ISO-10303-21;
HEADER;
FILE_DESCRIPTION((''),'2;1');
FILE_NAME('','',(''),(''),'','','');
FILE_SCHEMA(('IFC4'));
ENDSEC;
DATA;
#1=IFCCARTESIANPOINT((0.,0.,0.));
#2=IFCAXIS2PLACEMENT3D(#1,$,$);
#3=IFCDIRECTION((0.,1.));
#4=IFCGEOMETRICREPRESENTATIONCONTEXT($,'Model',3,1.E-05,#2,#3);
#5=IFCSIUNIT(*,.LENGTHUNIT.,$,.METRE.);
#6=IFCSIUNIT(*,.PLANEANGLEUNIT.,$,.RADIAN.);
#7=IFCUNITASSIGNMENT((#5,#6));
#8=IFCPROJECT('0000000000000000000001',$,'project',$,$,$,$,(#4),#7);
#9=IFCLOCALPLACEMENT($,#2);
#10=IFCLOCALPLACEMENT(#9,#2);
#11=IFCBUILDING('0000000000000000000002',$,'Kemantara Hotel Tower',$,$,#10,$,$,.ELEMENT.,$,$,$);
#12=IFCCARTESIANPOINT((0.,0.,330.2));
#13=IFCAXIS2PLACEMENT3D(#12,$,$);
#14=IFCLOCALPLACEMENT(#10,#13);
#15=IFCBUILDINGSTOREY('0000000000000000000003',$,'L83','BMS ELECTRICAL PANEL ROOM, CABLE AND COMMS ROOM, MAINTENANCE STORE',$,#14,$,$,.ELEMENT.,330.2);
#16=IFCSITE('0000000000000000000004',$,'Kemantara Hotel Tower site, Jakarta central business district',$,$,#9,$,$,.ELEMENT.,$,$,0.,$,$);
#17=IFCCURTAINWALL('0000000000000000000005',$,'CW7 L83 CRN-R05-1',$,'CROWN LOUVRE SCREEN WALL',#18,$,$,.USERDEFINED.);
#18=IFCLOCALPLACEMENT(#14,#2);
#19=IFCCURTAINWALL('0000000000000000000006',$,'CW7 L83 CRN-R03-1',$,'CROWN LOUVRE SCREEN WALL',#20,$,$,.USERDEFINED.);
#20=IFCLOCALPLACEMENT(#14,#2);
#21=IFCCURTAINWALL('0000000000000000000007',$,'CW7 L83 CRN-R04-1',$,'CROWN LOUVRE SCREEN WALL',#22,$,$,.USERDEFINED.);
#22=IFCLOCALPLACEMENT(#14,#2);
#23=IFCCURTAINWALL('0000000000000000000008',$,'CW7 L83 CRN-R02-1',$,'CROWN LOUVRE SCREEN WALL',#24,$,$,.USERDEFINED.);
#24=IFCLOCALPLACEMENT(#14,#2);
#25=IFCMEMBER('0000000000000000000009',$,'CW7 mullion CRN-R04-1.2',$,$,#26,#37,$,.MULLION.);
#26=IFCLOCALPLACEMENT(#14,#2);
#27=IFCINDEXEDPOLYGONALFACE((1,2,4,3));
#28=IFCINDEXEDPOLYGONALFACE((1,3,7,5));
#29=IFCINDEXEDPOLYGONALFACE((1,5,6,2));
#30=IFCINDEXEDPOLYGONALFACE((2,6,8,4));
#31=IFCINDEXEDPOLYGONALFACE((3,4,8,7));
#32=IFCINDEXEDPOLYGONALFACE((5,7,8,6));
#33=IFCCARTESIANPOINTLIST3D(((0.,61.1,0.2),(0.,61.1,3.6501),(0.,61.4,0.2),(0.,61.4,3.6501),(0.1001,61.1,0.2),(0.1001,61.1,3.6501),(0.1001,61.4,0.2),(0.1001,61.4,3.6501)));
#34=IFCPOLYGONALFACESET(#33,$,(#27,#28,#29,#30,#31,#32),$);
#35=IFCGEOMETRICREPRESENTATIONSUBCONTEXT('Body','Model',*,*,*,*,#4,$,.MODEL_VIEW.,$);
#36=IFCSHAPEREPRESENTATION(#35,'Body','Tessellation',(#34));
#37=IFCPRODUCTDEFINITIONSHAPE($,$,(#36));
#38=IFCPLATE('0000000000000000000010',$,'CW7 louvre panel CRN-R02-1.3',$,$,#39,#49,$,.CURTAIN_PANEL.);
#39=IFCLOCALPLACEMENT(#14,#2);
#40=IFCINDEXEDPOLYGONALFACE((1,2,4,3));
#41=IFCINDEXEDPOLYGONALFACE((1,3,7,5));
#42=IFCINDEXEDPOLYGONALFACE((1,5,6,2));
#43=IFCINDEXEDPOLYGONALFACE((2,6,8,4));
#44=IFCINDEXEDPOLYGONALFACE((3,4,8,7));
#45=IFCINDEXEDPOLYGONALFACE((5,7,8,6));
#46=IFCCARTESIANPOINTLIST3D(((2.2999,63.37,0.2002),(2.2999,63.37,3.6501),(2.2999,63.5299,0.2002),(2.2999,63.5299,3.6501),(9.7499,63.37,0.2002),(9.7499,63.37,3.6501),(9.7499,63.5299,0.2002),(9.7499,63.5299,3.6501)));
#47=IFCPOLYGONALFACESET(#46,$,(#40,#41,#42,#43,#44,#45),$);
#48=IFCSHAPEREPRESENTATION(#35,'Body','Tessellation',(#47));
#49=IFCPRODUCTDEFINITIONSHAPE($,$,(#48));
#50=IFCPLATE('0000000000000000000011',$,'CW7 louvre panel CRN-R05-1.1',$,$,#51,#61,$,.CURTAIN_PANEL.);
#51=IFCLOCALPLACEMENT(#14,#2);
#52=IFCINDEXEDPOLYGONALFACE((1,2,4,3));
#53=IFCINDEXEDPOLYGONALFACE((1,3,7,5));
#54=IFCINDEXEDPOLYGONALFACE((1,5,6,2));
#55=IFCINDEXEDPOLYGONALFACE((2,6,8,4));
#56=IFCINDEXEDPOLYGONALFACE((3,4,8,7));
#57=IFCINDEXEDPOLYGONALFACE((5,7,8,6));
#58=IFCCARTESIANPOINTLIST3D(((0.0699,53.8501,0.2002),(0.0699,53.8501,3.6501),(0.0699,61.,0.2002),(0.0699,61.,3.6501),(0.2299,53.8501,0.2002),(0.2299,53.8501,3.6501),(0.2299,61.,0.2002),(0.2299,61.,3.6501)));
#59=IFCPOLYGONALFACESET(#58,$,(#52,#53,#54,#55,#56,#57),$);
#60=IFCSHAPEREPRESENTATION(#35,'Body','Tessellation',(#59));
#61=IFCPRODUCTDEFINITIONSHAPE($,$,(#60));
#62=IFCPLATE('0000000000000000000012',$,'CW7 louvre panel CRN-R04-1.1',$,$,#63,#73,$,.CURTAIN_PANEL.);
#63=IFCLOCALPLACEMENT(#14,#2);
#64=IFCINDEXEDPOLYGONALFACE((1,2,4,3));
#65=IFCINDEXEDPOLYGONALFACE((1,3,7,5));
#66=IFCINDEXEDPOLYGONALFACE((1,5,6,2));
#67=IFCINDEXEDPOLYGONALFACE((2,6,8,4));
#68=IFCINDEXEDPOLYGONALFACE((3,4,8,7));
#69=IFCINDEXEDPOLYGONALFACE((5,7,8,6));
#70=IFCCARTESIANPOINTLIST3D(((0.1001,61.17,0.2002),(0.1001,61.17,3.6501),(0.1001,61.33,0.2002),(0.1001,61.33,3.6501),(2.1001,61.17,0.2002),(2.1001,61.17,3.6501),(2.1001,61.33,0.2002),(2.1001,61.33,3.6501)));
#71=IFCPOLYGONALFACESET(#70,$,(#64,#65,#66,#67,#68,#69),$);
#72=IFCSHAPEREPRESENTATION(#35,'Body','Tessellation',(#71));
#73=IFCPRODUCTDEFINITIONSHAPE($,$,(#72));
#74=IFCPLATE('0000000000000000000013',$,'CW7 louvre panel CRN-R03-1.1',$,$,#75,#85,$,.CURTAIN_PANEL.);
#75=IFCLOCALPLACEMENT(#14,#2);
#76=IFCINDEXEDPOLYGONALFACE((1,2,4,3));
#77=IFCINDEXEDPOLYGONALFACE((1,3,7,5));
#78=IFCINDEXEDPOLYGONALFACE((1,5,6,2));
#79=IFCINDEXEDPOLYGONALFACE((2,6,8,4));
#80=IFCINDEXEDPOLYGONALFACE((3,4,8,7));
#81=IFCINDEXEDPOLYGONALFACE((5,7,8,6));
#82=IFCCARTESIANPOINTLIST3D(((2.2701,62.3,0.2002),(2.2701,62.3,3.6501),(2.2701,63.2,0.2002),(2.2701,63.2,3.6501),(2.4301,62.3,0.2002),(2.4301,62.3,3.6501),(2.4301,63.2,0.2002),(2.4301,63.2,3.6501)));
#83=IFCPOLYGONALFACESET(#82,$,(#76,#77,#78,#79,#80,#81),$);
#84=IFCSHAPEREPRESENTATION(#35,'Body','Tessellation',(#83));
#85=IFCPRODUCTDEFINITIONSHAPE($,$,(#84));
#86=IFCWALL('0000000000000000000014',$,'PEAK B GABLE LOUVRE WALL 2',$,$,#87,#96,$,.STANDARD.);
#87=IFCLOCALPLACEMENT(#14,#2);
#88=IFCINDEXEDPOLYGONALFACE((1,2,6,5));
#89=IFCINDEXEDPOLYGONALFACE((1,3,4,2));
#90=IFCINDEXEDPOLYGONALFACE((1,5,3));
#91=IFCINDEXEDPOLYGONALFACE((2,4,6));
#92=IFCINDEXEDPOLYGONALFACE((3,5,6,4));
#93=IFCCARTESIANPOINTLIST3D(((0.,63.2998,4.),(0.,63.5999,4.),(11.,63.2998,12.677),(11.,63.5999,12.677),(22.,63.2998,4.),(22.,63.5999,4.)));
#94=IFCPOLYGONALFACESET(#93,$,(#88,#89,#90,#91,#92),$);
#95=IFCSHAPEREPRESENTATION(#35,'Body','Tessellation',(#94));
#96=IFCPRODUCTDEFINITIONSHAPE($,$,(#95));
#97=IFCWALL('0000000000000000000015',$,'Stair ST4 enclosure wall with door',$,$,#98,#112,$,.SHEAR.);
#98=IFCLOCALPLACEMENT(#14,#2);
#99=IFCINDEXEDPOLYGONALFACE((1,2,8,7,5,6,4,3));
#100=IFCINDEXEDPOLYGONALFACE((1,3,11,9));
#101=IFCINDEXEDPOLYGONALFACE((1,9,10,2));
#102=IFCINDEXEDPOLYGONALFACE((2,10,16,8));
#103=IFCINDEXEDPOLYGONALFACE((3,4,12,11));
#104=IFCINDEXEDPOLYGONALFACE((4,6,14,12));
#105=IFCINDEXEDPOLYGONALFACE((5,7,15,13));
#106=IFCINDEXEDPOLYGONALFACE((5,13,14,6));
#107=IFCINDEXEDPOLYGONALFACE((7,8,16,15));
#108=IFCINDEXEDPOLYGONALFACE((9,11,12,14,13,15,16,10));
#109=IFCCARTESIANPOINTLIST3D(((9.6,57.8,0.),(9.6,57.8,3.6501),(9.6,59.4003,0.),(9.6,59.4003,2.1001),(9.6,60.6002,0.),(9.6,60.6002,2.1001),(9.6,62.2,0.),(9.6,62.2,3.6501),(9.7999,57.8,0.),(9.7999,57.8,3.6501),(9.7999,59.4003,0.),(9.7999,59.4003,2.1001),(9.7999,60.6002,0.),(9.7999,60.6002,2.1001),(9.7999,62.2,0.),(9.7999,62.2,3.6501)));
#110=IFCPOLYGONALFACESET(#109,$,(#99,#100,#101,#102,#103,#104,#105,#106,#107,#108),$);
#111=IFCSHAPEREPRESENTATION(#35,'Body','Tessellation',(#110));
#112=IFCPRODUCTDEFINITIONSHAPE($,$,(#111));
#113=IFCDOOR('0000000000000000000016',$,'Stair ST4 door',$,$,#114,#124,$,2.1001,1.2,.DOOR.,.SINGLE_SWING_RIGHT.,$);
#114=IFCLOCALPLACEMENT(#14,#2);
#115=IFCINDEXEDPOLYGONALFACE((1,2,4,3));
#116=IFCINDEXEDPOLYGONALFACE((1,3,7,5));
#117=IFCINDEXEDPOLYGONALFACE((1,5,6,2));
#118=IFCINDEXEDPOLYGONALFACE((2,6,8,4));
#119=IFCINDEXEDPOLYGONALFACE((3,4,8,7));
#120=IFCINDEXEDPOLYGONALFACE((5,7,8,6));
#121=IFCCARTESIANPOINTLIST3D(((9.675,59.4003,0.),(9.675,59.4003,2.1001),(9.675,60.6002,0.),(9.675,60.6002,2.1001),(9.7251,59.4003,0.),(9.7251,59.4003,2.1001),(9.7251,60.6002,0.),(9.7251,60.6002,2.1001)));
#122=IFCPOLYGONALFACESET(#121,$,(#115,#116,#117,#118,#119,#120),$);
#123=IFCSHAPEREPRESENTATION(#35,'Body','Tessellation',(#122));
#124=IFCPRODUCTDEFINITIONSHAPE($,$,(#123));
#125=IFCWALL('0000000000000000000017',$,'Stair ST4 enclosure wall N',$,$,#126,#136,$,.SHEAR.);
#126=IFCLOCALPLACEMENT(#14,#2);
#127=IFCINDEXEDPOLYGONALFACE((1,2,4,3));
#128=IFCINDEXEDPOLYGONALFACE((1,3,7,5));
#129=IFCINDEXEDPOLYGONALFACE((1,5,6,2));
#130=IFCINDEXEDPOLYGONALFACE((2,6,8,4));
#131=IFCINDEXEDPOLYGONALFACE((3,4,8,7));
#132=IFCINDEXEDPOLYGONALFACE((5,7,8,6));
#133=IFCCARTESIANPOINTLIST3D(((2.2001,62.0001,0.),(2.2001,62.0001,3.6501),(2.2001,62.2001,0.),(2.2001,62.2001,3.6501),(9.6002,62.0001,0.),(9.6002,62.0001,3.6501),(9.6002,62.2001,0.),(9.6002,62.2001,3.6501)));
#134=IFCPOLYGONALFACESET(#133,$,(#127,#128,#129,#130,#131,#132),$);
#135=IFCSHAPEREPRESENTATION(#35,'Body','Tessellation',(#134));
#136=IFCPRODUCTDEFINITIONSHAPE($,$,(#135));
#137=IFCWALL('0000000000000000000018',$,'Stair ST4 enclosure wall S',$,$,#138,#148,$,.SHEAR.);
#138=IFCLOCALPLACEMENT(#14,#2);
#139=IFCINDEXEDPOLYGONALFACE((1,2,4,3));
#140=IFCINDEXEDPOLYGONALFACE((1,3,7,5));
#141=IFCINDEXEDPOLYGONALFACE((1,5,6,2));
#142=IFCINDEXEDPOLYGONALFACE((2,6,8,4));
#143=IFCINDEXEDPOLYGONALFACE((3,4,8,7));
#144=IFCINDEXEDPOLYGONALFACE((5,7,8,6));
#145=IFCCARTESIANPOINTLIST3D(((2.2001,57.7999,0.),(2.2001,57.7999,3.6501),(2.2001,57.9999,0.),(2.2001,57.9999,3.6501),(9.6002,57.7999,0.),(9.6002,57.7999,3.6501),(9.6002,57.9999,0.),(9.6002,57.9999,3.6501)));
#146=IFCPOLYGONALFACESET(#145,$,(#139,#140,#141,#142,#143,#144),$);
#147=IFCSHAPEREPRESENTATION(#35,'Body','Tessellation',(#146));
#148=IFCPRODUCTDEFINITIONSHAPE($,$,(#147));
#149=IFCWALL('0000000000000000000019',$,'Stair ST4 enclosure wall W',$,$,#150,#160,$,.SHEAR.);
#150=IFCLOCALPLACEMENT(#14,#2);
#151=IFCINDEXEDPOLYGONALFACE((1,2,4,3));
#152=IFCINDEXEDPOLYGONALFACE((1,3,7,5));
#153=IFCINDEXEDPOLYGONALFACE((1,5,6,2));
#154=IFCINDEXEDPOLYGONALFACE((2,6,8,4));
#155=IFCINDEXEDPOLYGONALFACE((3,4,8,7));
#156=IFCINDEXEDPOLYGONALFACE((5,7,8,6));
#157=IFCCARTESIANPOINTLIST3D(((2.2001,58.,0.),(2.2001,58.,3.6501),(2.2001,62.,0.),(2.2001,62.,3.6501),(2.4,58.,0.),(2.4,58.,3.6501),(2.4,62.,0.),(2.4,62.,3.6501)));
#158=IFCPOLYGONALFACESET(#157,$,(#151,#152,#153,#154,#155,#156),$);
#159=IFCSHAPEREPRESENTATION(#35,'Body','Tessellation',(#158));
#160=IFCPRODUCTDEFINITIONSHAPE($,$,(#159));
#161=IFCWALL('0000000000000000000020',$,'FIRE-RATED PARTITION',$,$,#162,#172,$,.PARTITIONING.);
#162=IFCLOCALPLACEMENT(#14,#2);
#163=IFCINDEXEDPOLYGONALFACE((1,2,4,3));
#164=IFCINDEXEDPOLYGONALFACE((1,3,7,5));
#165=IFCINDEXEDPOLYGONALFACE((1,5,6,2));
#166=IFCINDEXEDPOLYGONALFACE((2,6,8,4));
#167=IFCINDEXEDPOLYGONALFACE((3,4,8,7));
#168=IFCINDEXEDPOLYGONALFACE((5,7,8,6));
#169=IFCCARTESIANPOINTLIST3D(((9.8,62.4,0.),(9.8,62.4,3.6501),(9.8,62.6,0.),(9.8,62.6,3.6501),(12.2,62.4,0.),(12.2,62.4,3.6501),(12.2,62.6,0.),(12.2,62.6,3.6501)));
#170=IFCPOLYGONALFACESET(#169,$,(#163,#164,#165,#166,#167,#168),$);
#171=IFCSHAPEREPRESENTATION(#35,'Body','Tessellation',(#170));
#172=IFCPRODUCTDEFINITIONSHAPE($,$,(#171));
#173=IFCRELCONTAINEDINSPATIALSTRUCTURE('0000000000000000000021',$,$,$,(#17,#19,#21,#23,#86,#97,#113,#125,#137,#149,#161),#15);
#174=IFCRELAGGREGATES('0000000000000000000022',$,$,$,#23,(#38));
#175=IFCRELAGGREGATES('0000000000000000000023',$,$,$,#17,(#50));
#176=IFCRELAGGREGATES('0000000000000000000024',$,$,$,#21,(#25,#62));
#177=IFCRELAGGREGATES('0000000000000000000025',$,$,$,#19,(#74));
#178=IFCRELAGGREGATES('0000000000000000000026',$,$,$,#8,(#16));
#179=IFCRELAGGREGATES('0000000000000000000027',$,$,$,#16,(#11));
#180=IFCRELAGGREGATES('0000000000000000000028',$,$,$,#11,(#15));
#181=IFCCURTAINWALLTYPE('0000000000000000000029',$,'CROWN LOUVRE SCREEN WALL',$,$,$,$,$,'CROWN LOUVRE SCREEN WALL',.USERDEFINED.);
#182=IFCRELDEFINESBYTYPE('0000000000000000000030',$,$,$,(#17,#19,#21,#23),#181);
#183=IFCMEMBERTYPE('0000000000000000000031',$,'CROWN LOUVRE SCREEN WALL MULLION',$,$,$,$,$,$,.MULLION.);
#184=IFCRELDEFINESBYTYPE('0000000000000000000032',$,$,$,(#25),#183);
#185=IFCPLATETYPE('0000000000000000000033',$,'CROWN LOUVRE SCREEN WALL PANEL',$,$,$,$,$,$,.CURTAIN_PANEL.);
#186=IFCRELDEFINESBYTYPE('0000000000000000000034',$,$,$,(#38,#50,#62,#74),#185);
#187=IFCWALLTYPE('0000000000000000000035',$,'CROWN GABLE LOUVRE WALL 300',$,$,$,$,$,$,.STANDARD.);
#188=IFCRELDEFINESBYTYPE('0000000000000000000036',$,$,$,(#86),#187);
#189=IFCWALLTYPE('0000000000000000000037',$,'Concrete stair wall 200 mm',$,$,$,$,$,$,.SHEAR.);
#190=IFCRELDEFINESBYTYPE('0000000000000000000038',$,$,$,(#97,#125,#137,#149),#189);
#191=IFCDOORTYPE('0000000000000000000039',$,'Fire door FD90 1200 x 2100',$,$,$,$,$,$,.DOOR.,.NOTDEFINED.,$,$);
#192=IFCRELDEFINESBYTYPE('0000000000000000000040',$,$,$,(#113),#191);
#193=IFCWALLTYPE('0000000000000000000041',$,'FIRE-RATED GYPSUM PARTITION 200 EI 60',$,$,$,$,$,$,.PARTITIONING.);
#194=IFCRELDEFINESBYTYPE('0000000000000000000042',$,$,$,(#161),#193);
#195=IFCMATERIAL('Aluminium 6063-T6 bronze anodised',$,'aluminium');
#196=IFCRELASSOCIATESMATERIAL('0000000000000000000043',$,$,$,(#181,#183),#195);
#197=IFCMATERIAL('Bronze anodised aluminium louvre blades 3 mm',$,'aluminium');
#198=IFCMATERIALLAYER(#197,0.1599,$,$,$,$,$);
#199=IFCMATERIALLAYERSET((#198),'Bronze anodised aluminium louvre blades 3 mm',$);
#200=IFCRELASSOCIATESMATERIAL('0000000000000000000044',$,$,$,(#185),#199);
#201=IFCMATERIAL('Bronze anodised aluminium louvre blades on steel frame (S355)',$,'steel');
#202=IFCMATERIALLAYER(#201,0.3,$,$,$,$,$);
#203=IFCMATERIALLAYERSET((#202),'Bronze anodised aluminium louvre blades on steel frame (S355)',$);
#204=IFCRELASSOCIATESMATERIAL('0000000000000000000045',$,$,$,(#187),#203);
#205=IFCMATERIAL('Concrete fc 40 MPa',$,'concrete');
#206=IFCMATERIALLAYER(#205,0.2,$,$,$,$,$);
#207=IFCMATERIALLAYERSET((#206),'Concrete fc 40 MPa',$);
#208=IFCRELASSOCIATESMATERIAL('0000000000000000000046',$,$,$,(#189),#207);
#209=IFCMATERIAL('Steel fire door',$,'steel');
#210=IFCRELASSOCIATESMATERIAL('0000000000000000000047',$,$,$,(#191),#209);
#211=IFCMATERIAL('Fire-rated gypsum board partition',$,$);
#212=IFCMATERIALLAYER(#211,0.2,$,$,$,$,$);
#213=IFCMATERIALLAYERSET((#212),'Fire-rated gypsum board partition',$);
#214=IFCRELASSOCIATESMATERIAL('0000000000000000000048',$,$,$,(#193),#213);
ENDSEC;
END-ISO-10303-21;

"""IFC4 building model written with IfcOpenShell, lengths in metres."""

from ifc_helpers import new_model, si_unit, direction, frame, frame_2d, origin, origin_2d, place, context, subcontext, project, spatial, polyline, rectangle, outline, extrude, source, transform, mapped, material, layer, layer_set, material_profile, profile_set, type_object, element, fill, aggregate, save


model = new_model("IFC4")

# Units and contexts
model_context = context("Model", 3, precision=1e-05, world=origin(), true_north=direction((0.0, 1.0)))
body_context = subcontext(model_context, "Body", "Model", "MODEL_VIEW")
ifc_project = project(units=[si_unit("LENGTHUNIT", "METRE"), si_unit("PLANEANGLEUNIT", "RADIAN")], contexts=[model_context])

# Site, building, storey
site_placement = place(None, origin())
site = spatial("IfcSite", under=ifc_project, at=site_placement, Name="Kemantara Hotel Tower site, Jakarta central business district", CompositionType="ELEMENT", RefElevation=0.0)
building_placement = place(site_placement, origin())
building = spatial("IfcBuilding", under=site, at=building_placement, Name="Kemantara Hotel Tower", CompositionType="ELEMENT")
storey_placement = place(building_placement, frame((0.0, 0.0, 330.2)))
storey = spatial("IfcBuildingStorey", under=building, at=storey_placement, Name="L83", Description="BMS ELECTRICAL PANEL ROOM, CABLE AND COMMS ROOM, MAINTENANCE STORE", CompositionType="ELEMENT", Elevation=330.2)

# Curtain walls
ifc_material_1 = material(Name="Aluminium 6063-T6 bronze anodised", Category="aluminium")
curtain_wall_type = type_object("IfcCurtainWallType", Name="CROWN LOUVRE SCREEN WALL", ElementType="CROWN LOUVRE SCREEN WALL", PredefinedType="USERDEFINED", material=ifc_material_1)
curtain_wall_1_placement = place(storey_placement, origin())
curtain_wall_1 = element("IfcCurtainWall", 1, at=curtain_wall_1_placement, inside=storey, type_object=curtain_wall_type, Name="CW7 L83 CRN-R05-1", ObjectType="CROWN LOUVRE SCREEN WALL", PredefinedType="USERDEFINED")
curtain_wall_2_placement = place(storey_placement, origin())
curtain_wall_2 = element("IfcCurtainWall", 2, at=curtain_wall_2_placement, inside=storey, type_object=curtain_wall_type, Name="CW7 L83 CRN-R03-1", ObjectType="CROWN LOUVRE SCREEN WALL", PredefinedType="USERDEFINED")
curtain_wall_3_placement = place(storey_placement, origin())
curtain_wall_3 = element("IfcCurtainWall", 3, at=curtain_wall_3_placement, inside=storey, type_object=curtain_wall_type, Name="CW7 L83 CRN-R04-1", ObjectType="CROWN LOUVRE SCREEN WALL", PredefinedType="USERDEFINED")

# Curtain wall
curtain_wall_4_placement = place(storey_placement, origin())
curtain_wall_4 = element("IfcCurtainWall", 4, at=curtain_wall_4_placement, inside=storey, type_object=curtain_wall_type, Name="CW7 L83 CRN-R02-1", ObjectType="CROWN LOUVRE SCREEN WALL", PredefinedType="USERDEFINED")
ifc_material_profile_1 = material_profile(ifc_material_1, rectangle(XDim=0.3, YDim=0.1001, at=origin_2d()), Name="CROWN LOUVRE SCREEN WALL MULLION")
ifc_profile_set_1 = profile_set([ifc_material_profile_1], Name="Aluminium 6063-T6 bronze anodised")
member_type_1 = type_object("IfcMemberType", Name="CROWN LOUVRE SCREEN WALL MULLION", PredefinedType="MULLION", material=ifc_profile_set_1)
shared_shape_1 = source(origin(), body_context, "Body", "SweptSolid", [
    extrude(rectangle(XDim=0.3, YDim=0.1001, at=origin_2d()), origin(), (0.0, 0.0, 1.0), 3.4502),
])

# Member
member_1_placement = place(storey_placement, frame((0.05, 61.25, 0.2), z_axis=(0.0, 0.0, 1.0), x_axis=(0.0, -1.0, 0.0)))
member_1 = element("IfcMember", 5, at=member_1_placement, type_object=member_type_1, Name="CW7 mullion CRN-R04-1.2", PredefinedType="MULLION", context=body_context, shape_type="MappedRepresentation", body=[
    mapped(shared_shape_1, transform((0.0, 0.0, 0.0))),
])

# Plates
ifc_material_2 = material(Name="Bronze anodised aluminium louvre blades 3 mm", Category="aluminium")
ifc_layer_1 = layer(ifc_material_2, 0.1599)
ifc_layer_set_1 = layer_set([ifc_layer_1], Name="Bronze anodised aluminium louvre blades 3 mm")
plate_type = type_object("IfcPlateType", Name="CROWN LOUVRE SCREEN WALL PANEL", PredefinedType="CURTAIN_PANEL", material=ifc_layer_set_1)
shared_shape_2 = source(origin(), body_context, "Body", "SweptSolid", [
    extrude(rectangle(XDim=7.45, YDim=0.1599, at=origin_2d()), origin(), (0.0, 0.0, 1.0), 3.45),
])
plate_1_placement = place(storey_placement, frame((6.0249, 63.45, 0.2002), z_axis=(0.0, 0.0, 1.0), x_axis=(-1.0, 0.0, 0.0)))
plate_1 = element("IfcPlate", 6, at=plate_1_placement, type_object=plate_type, Name="CW7 louvre panel CRN-R02-1.3", PredefinedType="CURTAIN_PANEL", context=body_context, shape_type="MappedRepresentation", body=[
    mapped(shared_shape_2, transform((0.0, 0.0, 0.0))),
])
aggregate(curtain_wall_4, [plate_1])
shared_shape_3 = source(origin(), body_context, "Body", "SweptSolid", [
    extrude(rectangle(XDim=7.1499, YDim=0.1599, at=origin_2d()), origin(), (0.0, 0.0, 1.0), 3.45),
])
plate_2_placement = place(storey_placement, frame((0.1499, 57.425, 0.2002), z_axis=(0.0, 0.0, 1.0), x_axis=(0.0, -1.0, 0.0)))
plate_2 = element("IfcPlate", 7, at=plate_2_placement, type_object=plate_type, Name="CW7 louvre panel CRN-R05-1.1", PredefinedType="CURTAIN_PANEL", context=body_context, shape_type="MappedRepresentation", body=[
    mapped(shared_shape_3, transform((0.0, 0.0, 0.0))),
])
aggregate(curtain_wall_1, [plate_2])
shared_shape_4 = source(origin(), body_context, "Body", "SweptSolid", [
    extrude(rectangle(XDim=2.0, YDim=0.1599, at=origin_2d()), origin(), (0.0, 0.0, 1.0), 3.45),
])
plate_3_placement = place(storey_placement, frame((1.1001, 61.25, 0.2002), z_axis=(0.0, 0.0, 1.0), x_axis=(-1.0, 0.0, 0.0)))
plate_3 = element("IfcPlate", 8, at=plate_3_placement, type_object=plate_type, Name="CW7 louvre panel CRN-R04-1.1", PredefinedType="CURTAIN_PANEL", context=body_context, shape_type="MappedRepresentation", body=[
    mapped(shared_shape_4, transform((0.0, 0.0, 0.0))),
])
aggregate(curtain_wall_3, [member_1, plate_3])
shared_shape_5 = source(origin(), body_context, "Body", "SweptSolid", [
    extrude(rectangle(XDim=0.8999, YDim=0.1599, at=origin_2d()), origin(), (0.0, 0.0, 1.0), 3.45),
])
plate_4_placement = place(storey_placement, frame((2.3501, 62.75, 0.2002), z_axis=(0.0, 0.0, 1.0), x_axis=(0.0, -1.0, 0.0)))
plate_4 = element("IfcPlate", 9, at=plate_4_placement, type_object=plate_type, Name="CW7 louvre panel CRN-R03-1.1", PredefinedType="CURTAIN_PANEL", context=body_context, shape_type="MappedRepresentation", body=[
    mapped(shared_shape_5, transform((0.0, 0.0, 0.0))),
])
aggregate(curtain_wall_2, [plate_4])

# Wall
ifc_material_3 = material(Name="Bronze anodised aluminium louvre blades on steel frame (S355)", Category="steel")
ifc_layer_2 = layer(ifc_material_3, 0.3)
ifc_layer_set_2 = layer_set([ifc_layer_2], Name="Bronze anodised aluminium louvre blades on steel frame (S355)")
wall_type_1 = type_object("IfcWallType", Name="CROWN GABLE LOUVRE WALL 300", PredefinedType="STANDARD", material=ifc_layer_set_2)
wall_1_placement = place(storey_placement, frame((0.0, 63.45, 4.0), z_axis=(0.0, 0.0, 1.0), x_axis=(1.0, 0.0, 0.0)))
element("IfcWall", 10, at=wall_1_placement, inside=storey, type_object=wall_type_1, Name="PEAK B GABLE LOUVRE WALL 2", PredefinedType="STANDARD", context=body_context, shape_type="SweptSolid", body=[
    extrude(outline(polyline([(0.0, 0.0), (22.0, 0.0), (22.0, 0.0), (11.0, 8.677), (0.0, 0.0), (0.0, 0.0)])), frame((0.0, 0.1499, 0.0), z_axis=(0.0, -1.0, 0.0), x_axis=(1.0, 0.0, 0.0)), (0.0, 0.0, 1.0), 0.3),
])

# Wall, opening, door
ifc_material_4 = material(Name="Concrete fc 40 MPa", Category="concrete")
ifc_layer_3 = layer(ifc_material_4, 0.2)
ifc_layer_set_3 = layer_set([ifc_layer_3], Name="Concrete fc 40 MPa")
wall_type_2 = type_object("IfcWallType", Name="Concrete stair wall 200 mm", PredefinedType="SHEAR", material=ifc_layer_set_3)
wall_2_placement = place(storey_placement, frame((9.7, 57.8, 0.0), z_axis=(0.0, 0.0, 1.0), x_axis=(0.0, 1.0, 0.0)))
wall_2 = element("IfcWall", 11, at=wall_2_placement, inside=storey, type_object=wall_type_2, Name="Stair ST4 enclosure wall with door", PredefinedType="SHEAR", context=body_context, shape_type="SweptSolid", body=[
    extrude(rectangle(XDim=4.3999, YDim=0.2, at=frame_2d((2.2, 0.0))), origin(), (0.0, 0.0, 1.0), 3.6501),
])
opening_placement = place(wall_2_placement, frame((1.6001, 0.0, 0.0)))
opening = element("IfcOpeningElement", 12, at=opening_placement, cuts=wall_2, PredefinedType="OPENING", context=body_context, shape_type="SweptSolid", body=[
    extrude(rectangle(XDim=1.2, YDim=2.1001, at=frame_2d((0.6001, 1.05))), frame((0.0, 0.1099, 0.0), z_axis=(0.0, -1.0, 0.0), x_axis=(1.0, 0.0, 0.0)), (0.0, 0.0, 1.0), 0.22),
])
ifc_material_5 = material(Name="Steel fire door", Category="steel")
door_type = type_object("IfcDoorType", Name="Fire door FD90 1200 x 2100", OperationType="NOTDEFINED", PredefinedType="DOOR", material=ifc_material_5)
door_placement = place(opening_placement, origin())
door = element("IfcDoor", 13, at=door_placement, inside=storey, type_object=door_type, Name="Stair ST4 door", OperationType="SINGLE_SWING_RIGHT", OverallHeight=2.1001, OverallWidth=1.2, PredefinedType="DOOR", context=body_context, shape_type="SweptSolid", body=[
    extrude(rectangle(XDim=1.2, YDim=2.1001, at=frame_2d((0.6001, 1.05))), frame((0.0, 0.0249, 0.0), z_axis=(0.0, -1.0, 0.0), x_axis=(1.0, 0.0, 0.0)), (0.0, 0.0, 1.0), 0.05),
])
fill(opening, door)

# Walls
for number, where, z_axis, x_axis, name in (
    (14, (2.2, 62.1001, 0.0), (0.0, 0.0, 1.0), (1.0, 0.0, 0.0), "Stair ST4 enclosure wall N"),
    (15, (2.2, 57.8999, 0.0), (0.0, 0.0, 1.0), (1.0, 0.0, 0.0), "Stair ST4 enclosure wall S"),
):
    element("IfcWall", number, at=place(storey_placement, frame(where, z_axis=z_axis, x_axis=x_axis)), inside=storey, type_object=wall_type_2, Name=name, PredefinedType="SHEAR", context=body_context, shape_type="SweptSolid", body=[
        extrude(rectangle(XDim=7.4001, YDim=0.2, at=frame_2d((3.7002, 0.0))), origin(), (0.0, 0.0, 1.0), 3.6501),
    ])
wall_3_placement = place(storey_placement, frame((2.3, 58.0, 0.0), z_axis=(0.0, 0.0, 1.0), x_axis=(0.0, 1.0, 0.0)))
element("IfcWall", 16, at=wall_3_placement, inside=storey, type_object=wall_type_2, Name="Stair ST4 enclosure wall W", PredefinedType="SHEAR", context=body_context, shape_type="SweptSolid", body=[
    extrude(rectangle(XDim=4.0, YDim=0.2, at=frame_2d((2.0, 0.0))), origin(), (0.0, 0.0, 1.0), 3.6501),
])
ifc_material_6 = material(Name="Fire-rated gypsum board partition")
ifc_layer_4 = layer(ifc_material_6, 0.2)
ifc_layer_set_4 = layer_set([ifc_layer_4], Name="Fire-rated gypsum board partition")
wall_type_3 = type_object("IfcWallType", Name="FIRE-RATED GYPSUM PARTITION 200 EI 60", PredefinedType="PARTITIONING", material=ifc_layer_set_4)
wall_4_placement = place(storey_placement, frame((9.8, 62.5, 0.0), z_axis=(0.0, 0.0, 1.0), x_axis=(1.0, 0.0, 0.0)))
element("IfcWall", 17, at=wall_4_placement, inside=storey, type_object=wall_type_3, Name="FIRE-RATED PARTITION", PredefinedType="PARTITIONING", context=body_context, shape_type="SweptSolid", body=[
    extrude(rectangle(XDim=2.3999, YDim=0.2, at=frame_2d((1.2, 0.0))), origin(), (0.0, 0.0, 1.0), 3.6501),
])

save(model, "model.ifc")
